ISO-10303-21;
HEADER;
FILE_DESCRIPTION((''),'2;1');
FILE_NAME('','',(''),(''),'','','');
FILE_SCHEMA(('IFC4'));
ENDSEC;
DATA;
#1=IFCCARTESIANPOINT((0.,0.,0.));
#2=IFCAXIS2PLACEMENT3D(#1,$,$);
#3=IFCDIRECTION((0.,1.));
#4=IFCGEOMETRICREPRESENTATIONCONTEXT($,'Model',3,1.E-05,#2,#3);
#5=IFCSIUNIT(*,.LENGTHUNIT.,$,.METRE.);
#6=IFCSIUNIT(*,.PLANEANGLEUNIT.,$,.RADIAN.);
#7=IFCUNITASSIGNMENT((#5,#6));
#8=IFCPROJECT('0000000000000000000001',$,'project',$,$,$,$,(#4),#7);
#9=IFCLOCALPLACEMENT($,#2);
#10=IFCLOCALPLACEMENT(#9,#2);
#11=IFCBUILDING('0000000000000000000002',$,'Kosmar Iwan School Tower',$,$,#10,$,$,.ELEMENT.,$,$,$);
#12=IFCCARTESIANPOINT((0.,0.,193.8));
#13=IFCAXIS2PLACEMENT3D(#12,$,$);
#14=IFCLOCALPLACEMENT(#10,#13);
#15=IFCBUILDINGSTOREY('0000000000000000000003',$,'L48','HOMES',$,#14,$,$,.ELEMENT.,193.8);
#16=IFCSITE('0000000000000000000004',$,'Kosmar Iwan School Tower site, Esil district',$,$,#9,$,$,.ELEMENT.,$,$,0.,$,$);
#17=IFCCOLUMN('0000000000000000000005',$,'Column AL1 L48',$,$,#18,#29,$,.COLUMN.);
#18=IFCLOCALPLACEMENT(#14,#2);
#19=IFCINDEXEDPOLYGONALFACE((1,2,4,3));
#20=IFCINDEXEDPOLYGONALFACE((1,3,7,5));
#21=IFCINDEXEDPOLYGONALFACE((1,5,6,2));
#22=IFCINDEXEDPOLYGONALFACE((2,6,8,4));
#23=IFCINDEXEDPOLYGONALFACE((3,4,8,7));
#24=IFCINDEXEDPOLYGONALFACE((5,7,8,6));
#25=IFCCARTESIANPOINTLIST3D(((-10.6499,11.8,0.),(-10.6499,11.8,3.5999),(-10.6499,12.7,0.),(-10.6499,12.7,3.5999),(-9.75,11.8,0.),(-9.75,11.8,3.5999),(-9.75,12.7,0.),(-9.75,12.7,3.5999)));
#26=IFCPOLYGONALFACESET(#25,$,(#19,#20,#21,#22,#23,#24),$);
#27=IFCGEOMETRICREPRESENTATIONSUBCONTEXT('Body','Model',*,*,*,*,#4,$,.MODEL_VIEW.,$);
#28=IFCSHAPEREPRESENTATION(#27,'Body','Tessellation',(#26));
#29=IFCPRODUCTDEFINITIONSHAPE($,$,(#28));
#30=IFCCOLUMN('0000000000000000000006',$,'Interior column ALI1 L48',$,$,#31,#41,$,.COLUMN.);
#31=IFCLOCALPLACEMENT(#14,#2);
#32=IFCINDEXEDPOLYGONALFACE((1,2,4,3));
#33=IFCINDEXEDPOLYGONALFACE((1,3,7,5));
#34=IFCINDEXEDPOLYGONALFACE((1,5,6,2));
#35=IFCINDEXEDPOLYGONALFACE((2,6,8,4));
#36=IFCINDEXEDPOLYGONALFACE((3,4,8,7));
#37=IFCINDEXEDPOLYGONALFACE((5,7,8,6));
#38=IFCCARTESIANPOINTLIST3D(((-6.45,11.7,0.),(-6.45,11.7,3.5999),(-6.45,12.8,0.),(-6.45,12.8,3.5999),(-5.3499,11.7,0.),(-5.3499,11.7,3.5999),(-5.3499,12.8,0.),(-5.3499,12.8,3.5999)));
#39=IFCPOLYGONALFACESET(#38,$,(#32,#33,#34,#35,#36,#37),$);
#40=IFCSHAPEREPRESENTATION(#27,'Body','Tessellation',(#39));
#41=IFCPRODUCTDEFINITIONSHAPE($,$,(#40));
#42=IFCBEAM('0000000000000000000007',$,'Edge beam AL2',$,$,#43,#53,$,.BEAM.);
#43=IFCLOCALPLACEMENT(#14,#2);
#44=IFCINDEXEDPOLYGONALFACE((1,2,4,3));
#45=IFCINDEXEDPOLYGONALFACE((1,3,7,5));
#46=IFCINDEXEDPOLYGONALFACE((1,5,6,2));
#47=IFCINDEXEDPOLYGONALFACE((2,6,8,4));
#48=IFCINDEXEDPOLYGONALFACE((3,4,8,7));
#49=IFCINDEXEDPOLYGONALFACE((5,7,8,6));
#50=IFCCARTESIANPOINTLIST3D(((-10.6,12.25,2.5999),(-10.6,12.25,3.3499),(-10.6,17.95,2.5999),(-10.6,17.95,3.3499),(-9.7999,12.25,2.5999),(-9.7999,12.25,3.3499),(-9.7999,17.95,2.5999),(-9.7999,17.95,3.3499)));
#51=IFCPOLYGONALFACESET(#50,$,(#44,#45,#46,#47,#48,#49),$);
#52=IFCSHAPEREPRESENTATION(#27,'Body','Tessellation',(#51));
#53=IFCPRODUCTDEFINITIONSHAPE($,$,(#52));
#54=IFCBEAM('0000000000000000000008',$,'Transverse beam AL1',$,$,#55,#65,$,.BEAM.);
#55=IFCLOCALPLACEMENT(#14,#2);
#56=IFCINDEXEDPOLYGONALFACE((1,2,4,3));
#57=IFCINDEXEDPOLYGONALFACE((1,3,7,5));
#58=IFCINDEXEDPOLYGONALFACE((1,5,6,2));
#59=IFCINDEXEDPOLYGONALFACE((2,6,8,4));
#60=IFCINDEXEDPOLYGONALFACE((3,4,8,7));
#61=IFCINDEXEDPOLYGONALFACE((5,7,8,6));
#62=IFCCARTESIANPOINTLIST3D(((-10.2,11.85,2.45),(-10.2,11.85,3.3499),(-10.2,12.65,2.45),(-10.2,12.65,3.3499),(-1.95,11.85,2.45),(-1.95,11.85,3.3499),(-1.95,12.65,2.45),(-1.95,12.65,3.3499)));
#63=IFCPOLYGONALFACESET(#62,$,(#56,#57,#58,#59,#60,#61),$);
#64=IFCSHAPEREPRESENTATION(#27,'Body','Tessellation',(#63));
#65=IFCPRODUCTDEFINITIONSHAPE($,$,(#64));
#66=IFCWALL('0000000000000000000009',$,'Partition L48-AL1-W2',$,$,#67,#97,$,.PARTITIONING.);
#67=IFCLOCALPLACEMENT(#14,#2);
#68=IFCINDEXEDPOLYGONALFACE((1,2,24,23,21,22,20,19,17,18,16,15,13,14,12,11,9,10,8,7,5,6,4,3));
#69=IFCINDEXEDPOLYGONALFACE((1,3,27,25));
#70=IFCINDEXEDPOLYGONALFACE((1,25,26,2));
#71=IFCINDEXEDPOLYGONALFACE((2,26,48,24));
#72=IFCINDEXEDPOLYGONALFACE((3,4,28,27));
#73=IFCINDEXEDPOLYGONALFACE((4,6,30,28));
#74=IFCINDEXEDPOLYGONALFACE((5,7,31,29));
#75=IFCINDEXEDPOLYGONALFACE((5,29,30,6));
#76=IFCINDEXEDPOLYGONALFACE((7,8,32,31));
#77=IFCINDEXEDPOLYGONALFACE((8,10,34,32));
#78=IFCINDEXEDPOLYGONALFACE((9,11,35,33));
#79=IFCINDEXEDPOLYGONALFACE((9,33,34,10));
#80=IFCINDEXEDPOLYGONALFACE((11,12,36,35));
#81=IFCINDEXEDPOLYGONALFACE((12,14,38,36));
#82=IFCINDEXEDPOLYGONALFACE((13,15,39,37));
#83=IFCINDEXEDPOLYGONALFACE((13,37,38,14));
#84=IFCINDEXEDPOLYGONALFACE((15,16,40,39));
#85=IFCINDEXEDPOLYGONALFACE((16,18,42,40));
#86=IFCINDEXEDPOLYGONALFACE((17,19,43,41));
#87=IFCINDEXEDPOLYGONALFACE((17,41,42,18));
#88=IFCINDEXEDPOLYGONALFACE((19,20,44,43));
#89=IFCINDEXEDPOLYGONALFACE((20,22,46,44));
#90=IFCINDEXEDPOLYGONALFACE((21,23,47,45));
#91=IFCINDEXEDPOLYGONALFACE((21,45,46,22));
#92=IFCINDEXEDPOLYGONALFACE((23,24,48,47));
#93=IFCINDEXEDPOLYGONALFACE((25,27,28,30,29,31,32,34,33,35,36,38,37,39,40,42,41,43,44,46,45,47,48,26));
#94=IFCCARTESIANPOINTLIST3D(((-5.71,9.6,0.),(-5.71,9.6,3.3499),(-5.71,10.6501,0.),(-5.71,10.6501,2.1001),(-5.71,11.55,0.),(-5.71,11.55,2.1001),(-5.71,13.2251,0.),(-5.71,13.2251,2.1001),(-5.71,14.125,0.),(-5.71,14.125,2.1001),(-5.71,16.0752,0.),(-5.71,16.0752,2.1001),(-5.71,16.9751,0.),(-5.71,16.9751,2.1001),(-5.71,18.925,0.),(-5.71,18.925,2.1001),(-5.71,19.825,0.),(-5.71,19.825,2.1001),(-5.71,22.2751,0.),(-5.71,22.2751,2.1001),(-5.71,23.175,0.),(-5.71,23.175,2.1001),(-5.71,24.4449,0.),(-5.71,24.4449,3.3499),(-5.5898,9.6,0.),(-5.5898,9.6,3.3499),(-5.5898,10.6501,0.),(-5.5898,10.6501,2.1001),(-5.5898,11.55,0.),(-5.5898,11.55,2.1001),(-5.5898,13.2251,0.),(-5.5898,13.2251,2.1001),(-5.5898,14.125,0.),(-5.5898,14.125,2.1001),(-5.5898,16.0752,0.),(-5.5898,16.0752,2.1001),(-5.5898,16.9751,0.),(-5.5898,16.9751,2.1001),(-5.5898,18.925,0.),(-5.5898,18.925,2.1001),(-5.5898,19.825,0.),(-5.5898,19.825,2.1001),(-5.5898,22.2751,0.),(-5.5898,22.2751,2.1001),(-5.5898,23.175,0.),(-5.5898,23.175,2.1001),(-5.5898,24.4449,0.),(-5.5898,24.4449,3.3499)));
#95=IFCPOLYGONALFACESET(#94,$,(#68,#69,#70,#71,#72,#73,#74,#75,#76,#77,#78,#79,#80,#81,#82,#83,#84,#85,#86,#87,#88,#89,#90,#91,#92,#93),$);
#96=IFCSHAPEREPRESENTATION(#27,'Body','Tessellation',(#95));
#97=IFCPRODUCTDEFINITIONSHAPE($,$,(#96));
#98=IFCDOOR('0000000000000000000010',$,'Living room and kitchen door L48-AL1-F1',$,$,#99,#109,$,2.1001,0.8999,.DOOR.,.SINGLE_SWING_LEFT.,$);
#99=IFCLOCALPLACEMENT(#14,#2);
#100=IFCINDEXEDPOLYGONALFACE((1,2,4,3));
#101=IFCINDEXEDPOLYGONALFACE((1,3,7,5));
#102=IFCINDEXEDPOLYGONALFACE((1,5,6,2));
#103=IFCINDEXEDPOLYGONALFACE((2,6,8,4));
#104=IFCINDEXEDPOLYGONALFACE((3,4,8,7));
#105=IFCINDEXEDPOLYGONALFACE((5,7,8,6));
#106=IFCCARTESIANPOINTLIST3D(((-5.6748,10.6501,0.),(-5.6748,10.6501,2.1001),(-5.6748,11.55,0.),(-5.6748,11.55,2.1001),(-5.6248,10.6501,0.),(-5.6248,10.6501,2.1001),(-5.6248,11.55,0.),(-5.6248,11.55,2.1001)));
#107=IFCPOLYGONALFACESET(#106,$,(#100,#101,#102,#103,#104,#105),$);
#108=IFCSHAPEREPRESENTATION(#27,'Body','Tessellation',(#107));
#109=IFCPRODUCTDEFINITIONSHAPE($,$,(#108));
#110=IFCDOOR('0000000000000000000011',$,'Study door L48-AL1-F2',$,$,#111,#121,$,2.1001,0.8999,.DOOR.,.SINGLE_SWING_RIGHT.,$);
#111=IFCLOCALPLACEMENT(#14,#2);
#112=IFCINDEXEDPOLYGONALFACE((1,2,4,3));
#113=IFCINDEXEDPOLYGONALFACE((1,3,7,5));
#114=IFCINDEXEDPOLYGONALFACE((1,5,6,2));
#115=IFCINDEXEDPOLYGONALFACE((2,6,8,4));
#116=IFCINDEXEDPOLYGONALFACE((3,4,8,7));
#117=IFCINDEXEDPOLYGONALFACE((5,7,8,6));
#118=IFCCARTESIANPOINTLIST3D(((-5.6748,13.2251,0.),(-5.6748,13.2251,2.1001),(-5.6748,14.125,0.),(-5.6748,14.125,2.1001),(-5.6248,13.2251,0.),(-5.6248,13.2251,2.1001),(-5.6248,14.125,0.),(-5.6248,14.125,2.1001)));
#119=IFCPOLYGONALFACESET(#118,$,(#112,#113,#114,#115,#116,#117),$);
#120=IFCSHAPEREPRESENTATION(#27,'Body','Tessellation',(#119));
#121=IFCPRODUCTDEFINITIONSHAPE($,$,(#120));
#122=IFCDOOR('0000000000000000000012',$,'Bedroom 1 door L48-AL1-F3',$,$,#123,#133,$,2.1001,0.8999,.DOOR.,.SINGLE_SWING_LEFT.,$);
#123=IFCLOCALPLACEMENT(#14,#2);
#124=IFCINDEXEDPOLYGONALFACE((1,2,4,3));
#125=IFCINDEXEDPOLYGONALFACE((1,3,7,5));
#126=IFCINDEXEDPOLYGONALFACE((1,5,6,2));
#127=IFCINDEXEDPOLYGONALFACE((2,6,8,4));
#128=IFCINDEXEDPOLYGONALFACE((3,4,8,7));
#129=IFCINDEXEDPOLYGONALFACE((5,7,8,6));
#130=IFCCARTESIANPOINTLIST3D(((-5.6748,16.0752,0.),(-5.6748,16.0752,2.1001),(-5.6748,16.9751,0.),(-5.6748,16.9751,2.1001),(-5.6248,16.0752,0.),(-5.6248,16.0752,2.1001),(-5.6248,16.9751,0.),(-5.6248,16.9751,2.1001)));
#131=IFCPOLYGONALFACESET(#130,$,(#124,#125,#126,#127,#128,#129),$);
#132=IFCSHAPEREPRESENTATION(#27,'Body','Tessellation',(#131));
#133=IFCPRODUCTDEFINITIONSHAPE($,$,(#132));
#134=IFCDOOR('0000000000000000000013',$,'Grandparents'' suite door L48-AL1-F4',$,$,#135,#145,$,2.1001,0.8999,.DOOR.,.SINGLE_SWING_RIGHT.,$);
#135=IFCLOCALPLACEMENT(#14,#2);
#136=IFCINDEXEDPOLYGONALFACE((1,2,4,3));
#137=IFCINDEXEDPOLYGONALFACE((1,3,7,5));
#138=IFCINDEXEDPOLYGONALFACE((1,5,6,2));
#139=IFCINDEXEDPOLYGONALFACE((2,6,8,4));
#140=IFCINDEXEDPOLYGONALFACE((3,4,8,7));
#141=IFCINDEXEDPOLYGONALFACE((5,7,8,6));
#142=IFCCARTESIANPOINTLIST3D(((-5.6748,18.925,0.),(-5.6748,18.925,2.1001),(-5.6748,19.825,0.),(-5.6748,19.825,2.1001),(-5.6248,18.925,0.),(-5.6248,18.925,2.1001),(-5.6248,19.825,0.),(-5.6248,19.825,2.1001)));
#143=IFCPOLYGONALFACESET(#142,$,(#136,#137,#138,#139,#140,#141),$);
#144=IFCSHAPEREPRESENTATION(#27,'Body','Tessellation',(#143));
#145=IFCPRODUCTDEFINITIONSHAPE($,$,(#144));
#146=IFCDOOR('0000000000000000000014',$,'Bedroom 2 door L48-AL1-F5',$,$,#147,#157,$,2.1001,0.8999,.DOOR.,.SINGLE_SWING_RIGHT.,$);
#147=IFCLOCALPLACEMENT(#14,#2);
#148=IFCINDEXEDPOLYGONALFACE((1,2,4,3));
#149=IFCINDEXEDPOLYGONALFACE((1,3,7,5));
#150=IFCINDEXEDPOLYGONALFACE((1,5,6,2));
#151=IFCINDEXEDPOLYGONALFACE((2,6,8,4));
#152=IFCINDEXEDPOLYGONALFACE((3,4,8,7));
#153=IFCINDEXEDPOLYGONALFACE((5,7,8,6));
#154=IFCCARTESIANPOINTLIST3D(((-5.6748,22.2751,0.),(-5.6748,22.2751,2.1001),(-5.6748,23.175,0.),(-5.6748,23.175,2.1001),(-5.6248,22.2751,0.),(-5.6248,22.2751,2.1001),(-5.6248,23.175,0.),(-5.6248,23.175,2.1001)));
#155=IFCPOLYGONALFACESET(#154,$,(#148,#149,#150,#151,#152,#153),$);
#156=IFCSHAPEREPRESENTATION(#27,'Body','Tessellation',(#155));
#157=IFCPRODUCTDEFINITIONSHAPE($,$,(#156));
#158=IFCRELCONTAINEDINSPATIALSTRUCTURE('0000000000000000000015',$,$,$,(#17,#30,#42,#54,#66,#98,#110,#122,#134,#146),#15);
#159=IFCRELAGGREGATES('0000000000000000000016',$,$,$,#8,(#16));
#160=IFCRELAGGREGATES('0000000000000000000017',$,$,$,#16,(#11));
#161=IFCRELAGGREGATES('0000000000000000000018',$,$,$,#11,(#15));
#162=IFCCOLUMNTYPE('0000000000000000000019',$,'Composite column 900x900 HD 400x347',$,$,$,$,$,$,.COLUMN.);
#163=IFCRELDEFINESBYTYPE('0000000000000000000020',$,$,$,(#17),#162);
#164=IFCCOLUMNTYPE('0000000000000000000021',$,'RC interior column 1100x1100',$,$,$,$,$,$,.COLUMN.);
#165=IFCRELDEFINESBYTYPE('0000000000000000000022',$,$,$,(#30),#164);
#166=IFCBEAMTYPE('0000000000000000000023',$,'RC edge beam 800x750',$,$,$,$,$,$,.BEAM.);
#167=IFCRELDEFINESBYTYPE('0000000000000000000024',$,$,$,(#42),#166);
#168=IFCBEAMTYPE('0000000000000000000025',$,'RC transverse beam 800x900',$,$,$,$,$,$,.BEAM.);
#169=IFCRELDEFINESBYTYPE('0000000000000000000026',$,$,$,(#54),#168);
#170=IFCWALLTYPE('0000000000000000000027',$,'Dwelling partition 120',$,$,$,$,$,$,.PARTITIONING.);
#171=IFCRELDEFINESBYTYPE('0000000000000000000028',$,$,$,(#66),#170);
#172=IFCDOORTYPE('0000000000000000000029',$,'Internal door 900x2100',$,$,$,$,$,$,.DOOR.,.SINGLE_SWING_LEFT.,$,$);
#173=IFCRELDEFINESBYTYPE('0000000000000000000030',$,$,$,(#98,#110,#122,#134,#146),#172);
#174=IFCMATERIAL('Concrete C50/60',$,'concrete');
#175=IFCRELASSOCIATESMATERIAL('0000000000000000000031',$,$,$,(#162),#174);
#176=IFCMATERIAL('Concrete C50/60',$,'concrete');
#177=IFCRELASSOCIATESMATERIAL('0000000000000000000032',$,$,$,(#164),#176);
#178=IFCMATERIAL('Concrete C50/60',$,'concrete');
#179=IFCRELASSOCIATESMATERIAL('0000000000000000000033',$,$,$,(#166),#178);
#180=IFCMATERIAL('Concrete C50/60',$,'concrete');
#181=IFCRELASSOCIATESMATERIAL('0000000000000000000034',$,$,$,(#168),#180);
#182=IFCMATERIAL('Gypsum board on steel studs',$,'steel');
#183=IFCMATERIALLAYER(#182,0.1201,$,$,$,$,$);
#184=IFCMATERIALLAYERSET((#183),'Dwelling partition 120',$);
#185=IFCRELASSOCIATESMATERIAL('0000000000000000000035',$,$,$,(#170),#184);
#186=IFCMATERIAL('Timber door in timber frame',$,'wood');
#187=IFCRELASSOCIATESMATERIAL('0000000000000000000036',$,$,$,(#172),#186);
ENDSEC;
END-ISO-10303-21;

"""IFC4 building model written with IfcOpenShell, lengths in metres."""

from ifc_helpers import new_model, si_unit, direction, frame, frame_2d, origin, origin_2d, place, context, subcontext, project, spatial, rectangle, extrude, material, layer, layer_set, material_profile, profile_set, type_object, element, fill, save


model = new_model("IFC4")

# Units and contexts
model_context = context("Model", 3, precision=1e-05, world=origin(), true_north=direction((0.0, 1.0)))
body_context = subcontext(model_context, "Body", "Model", "MODEL_VIEW")
ifc_project = project(units=[si_unit("LENGTHUNIT", "METRE"), si_unit("PLANEANGLEUNIT", "RADIAN")], contexts=[model_context])

# Site, building, storey
site_placement = place(None, origin())
site = spatial("IfcSite", under=ifc_project, at=site_placement, Name="Kosmar Iwan School Tower site, Esil district", CompositionType="ELEMENT", RefElevation=0.0)
building_placement = place(site_placement, origin())
building = spatial("IfcBuilding", under=site, at=building_placement, Name="Kosmar Iwan School Tower", CompositionType="ELEMENT")
storey_placement = place(building_placement, frame((0.0, 0.0, 193.8)))
storey = spatial("IfcBuildingStorey", under=building, at=storey_placement, Name="L48", Description="HOMES", CompositionType="ELEMENT", Elevation=193.8)

# Columns
ifc_material_1 = material(Name="Concrete C50/60", Category="concrete")
ifc_material_profile_1 = material_profile(ifc_material_1, rectangle(XDim=0.8999, YDim=0.8999, at=origin_2d()), Name="RC 900x900 + HD 400x347")
ifc_profile_set_1 = profile_set([ifc_material_profile_1], Name="Concrete C50/60")
column_type_1 = type_object("IfcColumnType", Name="Composite column 900x900 HD 400x347", PredefinedType="COLUMN", material=ifc_profile_set_1)
column_1_placement = place(storey_placement, frame((-10.2, 12.25, 0.0), z_axis=(0.0, 0.0, 1.0), x_axis=(0.0, 1.0, 0.0)))
element("IfcColumn", 1, at=column_1_placement, inside=storey, type_object=column_type_1, Name="Column AL1 L48", PredefinedType="COLUMN", context=body_context, shape_type="SweptSolid", body=[
    extrude(rectangle(XDim=0.8999, YDim=0.8999, at=origin_2d()), origin(), (0.0, 0.0, 1.0), 3.5999),
])
ifc_material_2 = material(Name="Concrete C50/60", Category="concrete")
ifc_material_profile_2 = material_profile(ifc_material_2, rectangle(XDim=1.1001, YDim=1.1001, at=origin_2d()), Name="RC 1100x1100")
ifc_profile_set_2 = profile_set([ifc_material_profile_2], Name="Concrete C50/60")
column_type_2 = type_object("IfcColumnType", Name="RC interior column 1100x1100", PredefinedType="COLUMN", material=ifc_profile_set_2)
column_2_placement = place(storey_placement, frame((-5.8999, 12.25, 0.0), z_axis=(0.0, 0.0, 1.0), x_axis=(0.0, 1.0, 0.0)))
element("IfcColumn", 2, at=column_2_placement, inside=storey, type_object=column_type_2, Name="Interior column ALI1 L48", PredefinedType="COLUMN", context=body_context, shape_type="SweptSolid", body=[
    extrude(rectangle(XDim=1.1001, YDim=1.1001, at=origin_2d()), origin(), (0.0, 0.0, 1.0), 3.5999),
])

# Beams
ifc_material_3 = material(Name="Concrete C50/60", Category="concrete")
ifc_material_profile_3 = material_profile(ifc_material_3, rectangle(XDim=0.8, YDim=0.75, at=origin_2d()), Name="RC 800x750")
ifc_profile_set_3 = profile_set([ifc_material_profile_3], Name="Concrete C50/60")
beam_type_1 = type_object("IfcBeamType", Name="RC edge beam 800x750", PredefinedType="BEAM", material=ifc_profile_set_3)
beam_1_placement = place(storey_placement, frame((-10.2, 12.25, 2.9749), z_axis=(0.0, 1.0, 0.0), x_axis=(-1.0, 0.0, 0.0)))
element("IfcBeam", 3, at=beam_1_placement, inside=storey, type_object=beam_type_1, Name="Edge beam AL2", PredefinedType="BEAM", context=body_context, shape_type="SweptSolid", body=[
    extrude(rectangle(XDim=0.8, YDim=0.75, at=origin_2d()), origin(), (0.0, 0.0, 1.0), 5.7),
])
ifc_material_4 = material(Name="Concrete C50/60", Category="concrete")
ifc_material_profile_4 = material_profile(ifc_material_4, rectangle(XDim=0.8, YDim=0.8999, at=origin_2d()), Name="RC 800x900")
ifc_profile_set_4 = profile_set([ifc_material_profile_4], Name="Concrete C50/60")
beam_type_2 = type_object("IfcBeamType", Name="RC transverse beam 800x900", PredefinedType="BEAM", material=ifc_profile_set_4)
beam_2_placement = place(storey_placement, frame((-10.2, 12.25, 2.8999), z_axis=(1.0, 0.0, 0.0), x_axis=(0.0, 1.0, 0.0)))
element("IfcBeam", 4, at=beam_2_placement, inside=storey, type_object=beam_type_2, Name="Transverse beam AL1", PredefinedType="BEAM", context=body_context, shape_type="SweptSolid", body=[
    extrude(rectangle(XDim=0.8, YDim=0.8999, at=origin_2d()), origin(), (0.0, 0.0, 1.0), 8.25),
])

# Wall, openings, doors
ifc_material_5 = material(Name="Gypsum board on steel studs", Category="steel")
ifc_layer = layer(ifc_material_5, 0.1201)
ifc_layer_set = layer_set([ifc_layer], Name="Dwelling partition 120")
wall_type = type_object("IfcWallType", Name="Dwelling partition 120", PredefinedType="PARTITIONING", material=ifc_layer_set)
wall_1_placement = place(storey_placement, frame((-5.6499, 9.6001, 0.0), z_axis=(0.0, 0.0, 1.0), x_axis=(0.0, 1.0, 0.0)))
wall_1 = element("IfcWall", 5, at=wall_1_placement, inside=storey, type_object=wall_type, Name="Partition L48-AL1-W2", PredefinedType="PARTITIONING", context=body_context, shape_type="SweptSolid", body=[
    extrude(rectangle(XDim=14.845, YDim=0.1201, at=frame_2d((7.4224, 0.0))), origin(), (0.0, 0.0, 1.0), 3.3499),
])
opening_1_placement = place(wall_1_placement, frame((1.05, 0.0, 0.0)))
opening_1 = element("IfcOpeningElement", 6, at=opening_1_placement, cuts=wall_1, PredefinedType="OPENING", context=body_context, shape_type="SweptSolid", body=[
    extrude(rectangle(XDim=0.8999, YDim=2.1001, at=frame_2d((0.45, 1.05))), frame((0.0, 0.072, 0.0), z_axis=(0.0, -1.0, 0.0), x_axis=(1.0, 0.0, 0.0)), (0.0, 0.0, 1.0), 0.144),
])
opening_2_placement = place(wall_1_placement, frame((3.625, 0.0, 0.0)))
opening_2 = element("IfcOpeningElement", 7, at=opening_2_placement, cuts=wall_1, PredefinedType="OPENING", context=body_context, shape_type="SweptSolid", body=[
    extrude(rectangle(XDim=0.8999, YDim=2.1001, at=frame_2d((0.45, 1.05))), frame((0.0, 0.072, 0.0), z_axis=(0.0, -1.0, 0.0), x_axis=(1.0, 0.0, 0.0)), (0.0, 0.0, 1.0), 0.144),
])
opening_3_placement = place(wall_1_placement, frame((6.4751, 0.0, 0.0)))
opening_3 = element("IfcOpeningElement", 8, at=opening_3_placement, cuts=wall_1, PredefinedType="OPENING", context=body_context, shape_type="SweptSolid", body=[
    extrude(rectangle(XDim=0.8999, YDim=2.1001, at=frame_2d((0.45, 1.05))), frame((0.0, 0.072, 0.0), z_axis=(0.0, -1.0, 0.0), x_axis=(1.0, 0.0, 0.0)), (0.0, 0.0, 1.0), 0.144),
])
opening_4_placement = place(wall_1_placement, frame((9.325, 0.0, 0.0)))
opening_4 = element("IfcOpeningElement", 9, at=opening_4_placement, cuts=wall_1, PredefinedType="OPENING", context=body_context, shape_type="SweptSolid", body=[
    extrude(rectangle(XDim=0.8999, YDim=2.1001, at=frame_2d((0.45, 1.05))), frame((0.0, 0.072, 0.0), z_axis=(0.0, -1.0, 0.0), x_axis=(1.0, 0.0, 0.0)), (0.0, 0.0, 1.0), 0.144),
])
opening_5_placement = place(wall_1_placement, frame((12.675, 0.0, 0.0)))
opening_5 = element("IfcOpeningElement", 10, at=opening_5_placement, cuts=wall_1, PredefinedType="OPENING", context=body_context, shape_type="SweptSolid", body=[
    extrude(rectangle(XDim=0.8999, YDim=2.1001, at=frame_2d((0.45, 1.05))), frame((0.0, 0.072, 0.0), z_axis=(0.0, -1.0, 0.0), x_axis=(1.0, 0.0, 0.0)), (0.0, 0.0, 1.0), 0.144),
])
ifc_material_6 = material(Name="Timber door in timber frame", Category="wood")
door_type = type_object("IfcDoorType", Name="Internal door 900x2100", OperationType="SINGLE_SWING_LEFT", PredefinedType="DOOR", material=ifc_material_6)
door_1_placement = place(opening_1_placement, origin())
door_1 = element("IfcDoor", 11, at=door_1_placement, inside=storey, type_object=door_type, Name="Living room and kitchen door L48-AL1-F1", OperationType="SINGLE_SWING_LEFT", OverallHeight=2.1001, OverallWidth=0.8999, PredefinedType="DOOR", context=body_context, shape_type="SweptSolid", body=[
    extrude(rectangle(XDim=0.8999, YDim=2.1001, at=frame_2d((0.45, 1.05))), frame((0.0, 0.0249, 0.0), z_axis=(0.0, -1.0, 0.0), x_axis=(1.0, 0.0, 0.0)), (0.0, 0.0, 1.0), 0.05),
])
fill(opening_1, door_1)
door_2_placement = place(opening_2_placement, origin())
door_2 = element("IfcDoor", 12, at=door_2_placement, inside=storey, type_object=door_type, Name="Study door L48-AL1-F2", OperationType="SINGLE_SWING_RIGHT", OverallHeight=2.1001, OverallWidth=0.8999, PredefinedType="DOOR", context=body_context, shape_type="SweptSolid", body=[
    extrude(rectangle(XDim=0.8999, YDim=2.1001, at=frame_2d((0.45, 1.05))), frame((0.0, 0.0249, 0.0), z_axis=(0.0, -1.0, 0.0), x_axis=(1.0, 0.0, 0.0)), (0.0, 0.0, 1.0), 0.05),
])
fill(opening_2, door_2)
door_3_placement = place(opening_3_placement, origin())
door_3 = element("IfcDoor", 13, at=door_3_placement, inside=storey, type_object=door_type, Name="Bedroom 1 door L48-AL1-F3", OperationType="SINGLE_SWING_LEFT", OverallHeight=2.1001, OverallWidth=0.8999, PredefinedType="DOOR", context=body_context, shape_type="SweptSolid", body=[
    extrude(rectangle(XDim=0.8999, YDim=2.1001, at=frame_2d((0.45, 1.05))), frame((0.0, 0.0249, 0.0), z_axis=(0.0, -1.0, 0.0), x_axis=(1.0, 0.0, 0.0)), (0.0, 0.0, 1.0), 0.05),
])
fill(opening_3, door_3)
door_4_placement = place(opening_4_placement, origin())
door_4 = element("IfcDoor", 14, at=door_4_placement, inside=storey, type_object=door_type, Name="Grandparents' suite door L48-AL1-F4", OperationType="SINGLE_SWING_RIGHT", OverallHeight=2.1001, OverallWidth=0.8999, PredefinedType="DOOR", context=body_context, shape_type="SweptSolid", body=[
    extrude(rectangle(XDim=0.8999, YDim=2.1001, at=frame_2d((0.45, 1.05))), frame((0.0, 0.0249, 0.0), z_axis=(0.0, -1.0, 0.0), x_axis=(1.0, 0.0, 0.0)), (0.0, 0.0, 1.0), 0.05),
])
fill(opening_4, door_4)
door_5_placement = place(opening_5_placement, origin())
door_5 = element("IfcDoor", 15, at=door_5_placement, inside=storey, type_object=door_type, Name="Bedroom 2 door L48-AL1-F5", OperationType="SINGLE_SWING_RIGHT", OverallHeight=2.1001, OverallWidth=0.8999, PredefinedType="DOOR", context=body_context, shape_type="SweptSolid", body=[
    extrude(rectangle(XDim=0.8999, YDim=2.1001, at=frame_2d((0.45, 1.05))), frame((0.0, 0.0249, 0.0), z_axis=(0.0, -1.0, 0.0), x_axis=(1.0, 0.0, 0.0)), (0.0, 0.0, 1.0), 0.05),
])
fill(opening_5, door_5)

save(model, "model.ifc")
